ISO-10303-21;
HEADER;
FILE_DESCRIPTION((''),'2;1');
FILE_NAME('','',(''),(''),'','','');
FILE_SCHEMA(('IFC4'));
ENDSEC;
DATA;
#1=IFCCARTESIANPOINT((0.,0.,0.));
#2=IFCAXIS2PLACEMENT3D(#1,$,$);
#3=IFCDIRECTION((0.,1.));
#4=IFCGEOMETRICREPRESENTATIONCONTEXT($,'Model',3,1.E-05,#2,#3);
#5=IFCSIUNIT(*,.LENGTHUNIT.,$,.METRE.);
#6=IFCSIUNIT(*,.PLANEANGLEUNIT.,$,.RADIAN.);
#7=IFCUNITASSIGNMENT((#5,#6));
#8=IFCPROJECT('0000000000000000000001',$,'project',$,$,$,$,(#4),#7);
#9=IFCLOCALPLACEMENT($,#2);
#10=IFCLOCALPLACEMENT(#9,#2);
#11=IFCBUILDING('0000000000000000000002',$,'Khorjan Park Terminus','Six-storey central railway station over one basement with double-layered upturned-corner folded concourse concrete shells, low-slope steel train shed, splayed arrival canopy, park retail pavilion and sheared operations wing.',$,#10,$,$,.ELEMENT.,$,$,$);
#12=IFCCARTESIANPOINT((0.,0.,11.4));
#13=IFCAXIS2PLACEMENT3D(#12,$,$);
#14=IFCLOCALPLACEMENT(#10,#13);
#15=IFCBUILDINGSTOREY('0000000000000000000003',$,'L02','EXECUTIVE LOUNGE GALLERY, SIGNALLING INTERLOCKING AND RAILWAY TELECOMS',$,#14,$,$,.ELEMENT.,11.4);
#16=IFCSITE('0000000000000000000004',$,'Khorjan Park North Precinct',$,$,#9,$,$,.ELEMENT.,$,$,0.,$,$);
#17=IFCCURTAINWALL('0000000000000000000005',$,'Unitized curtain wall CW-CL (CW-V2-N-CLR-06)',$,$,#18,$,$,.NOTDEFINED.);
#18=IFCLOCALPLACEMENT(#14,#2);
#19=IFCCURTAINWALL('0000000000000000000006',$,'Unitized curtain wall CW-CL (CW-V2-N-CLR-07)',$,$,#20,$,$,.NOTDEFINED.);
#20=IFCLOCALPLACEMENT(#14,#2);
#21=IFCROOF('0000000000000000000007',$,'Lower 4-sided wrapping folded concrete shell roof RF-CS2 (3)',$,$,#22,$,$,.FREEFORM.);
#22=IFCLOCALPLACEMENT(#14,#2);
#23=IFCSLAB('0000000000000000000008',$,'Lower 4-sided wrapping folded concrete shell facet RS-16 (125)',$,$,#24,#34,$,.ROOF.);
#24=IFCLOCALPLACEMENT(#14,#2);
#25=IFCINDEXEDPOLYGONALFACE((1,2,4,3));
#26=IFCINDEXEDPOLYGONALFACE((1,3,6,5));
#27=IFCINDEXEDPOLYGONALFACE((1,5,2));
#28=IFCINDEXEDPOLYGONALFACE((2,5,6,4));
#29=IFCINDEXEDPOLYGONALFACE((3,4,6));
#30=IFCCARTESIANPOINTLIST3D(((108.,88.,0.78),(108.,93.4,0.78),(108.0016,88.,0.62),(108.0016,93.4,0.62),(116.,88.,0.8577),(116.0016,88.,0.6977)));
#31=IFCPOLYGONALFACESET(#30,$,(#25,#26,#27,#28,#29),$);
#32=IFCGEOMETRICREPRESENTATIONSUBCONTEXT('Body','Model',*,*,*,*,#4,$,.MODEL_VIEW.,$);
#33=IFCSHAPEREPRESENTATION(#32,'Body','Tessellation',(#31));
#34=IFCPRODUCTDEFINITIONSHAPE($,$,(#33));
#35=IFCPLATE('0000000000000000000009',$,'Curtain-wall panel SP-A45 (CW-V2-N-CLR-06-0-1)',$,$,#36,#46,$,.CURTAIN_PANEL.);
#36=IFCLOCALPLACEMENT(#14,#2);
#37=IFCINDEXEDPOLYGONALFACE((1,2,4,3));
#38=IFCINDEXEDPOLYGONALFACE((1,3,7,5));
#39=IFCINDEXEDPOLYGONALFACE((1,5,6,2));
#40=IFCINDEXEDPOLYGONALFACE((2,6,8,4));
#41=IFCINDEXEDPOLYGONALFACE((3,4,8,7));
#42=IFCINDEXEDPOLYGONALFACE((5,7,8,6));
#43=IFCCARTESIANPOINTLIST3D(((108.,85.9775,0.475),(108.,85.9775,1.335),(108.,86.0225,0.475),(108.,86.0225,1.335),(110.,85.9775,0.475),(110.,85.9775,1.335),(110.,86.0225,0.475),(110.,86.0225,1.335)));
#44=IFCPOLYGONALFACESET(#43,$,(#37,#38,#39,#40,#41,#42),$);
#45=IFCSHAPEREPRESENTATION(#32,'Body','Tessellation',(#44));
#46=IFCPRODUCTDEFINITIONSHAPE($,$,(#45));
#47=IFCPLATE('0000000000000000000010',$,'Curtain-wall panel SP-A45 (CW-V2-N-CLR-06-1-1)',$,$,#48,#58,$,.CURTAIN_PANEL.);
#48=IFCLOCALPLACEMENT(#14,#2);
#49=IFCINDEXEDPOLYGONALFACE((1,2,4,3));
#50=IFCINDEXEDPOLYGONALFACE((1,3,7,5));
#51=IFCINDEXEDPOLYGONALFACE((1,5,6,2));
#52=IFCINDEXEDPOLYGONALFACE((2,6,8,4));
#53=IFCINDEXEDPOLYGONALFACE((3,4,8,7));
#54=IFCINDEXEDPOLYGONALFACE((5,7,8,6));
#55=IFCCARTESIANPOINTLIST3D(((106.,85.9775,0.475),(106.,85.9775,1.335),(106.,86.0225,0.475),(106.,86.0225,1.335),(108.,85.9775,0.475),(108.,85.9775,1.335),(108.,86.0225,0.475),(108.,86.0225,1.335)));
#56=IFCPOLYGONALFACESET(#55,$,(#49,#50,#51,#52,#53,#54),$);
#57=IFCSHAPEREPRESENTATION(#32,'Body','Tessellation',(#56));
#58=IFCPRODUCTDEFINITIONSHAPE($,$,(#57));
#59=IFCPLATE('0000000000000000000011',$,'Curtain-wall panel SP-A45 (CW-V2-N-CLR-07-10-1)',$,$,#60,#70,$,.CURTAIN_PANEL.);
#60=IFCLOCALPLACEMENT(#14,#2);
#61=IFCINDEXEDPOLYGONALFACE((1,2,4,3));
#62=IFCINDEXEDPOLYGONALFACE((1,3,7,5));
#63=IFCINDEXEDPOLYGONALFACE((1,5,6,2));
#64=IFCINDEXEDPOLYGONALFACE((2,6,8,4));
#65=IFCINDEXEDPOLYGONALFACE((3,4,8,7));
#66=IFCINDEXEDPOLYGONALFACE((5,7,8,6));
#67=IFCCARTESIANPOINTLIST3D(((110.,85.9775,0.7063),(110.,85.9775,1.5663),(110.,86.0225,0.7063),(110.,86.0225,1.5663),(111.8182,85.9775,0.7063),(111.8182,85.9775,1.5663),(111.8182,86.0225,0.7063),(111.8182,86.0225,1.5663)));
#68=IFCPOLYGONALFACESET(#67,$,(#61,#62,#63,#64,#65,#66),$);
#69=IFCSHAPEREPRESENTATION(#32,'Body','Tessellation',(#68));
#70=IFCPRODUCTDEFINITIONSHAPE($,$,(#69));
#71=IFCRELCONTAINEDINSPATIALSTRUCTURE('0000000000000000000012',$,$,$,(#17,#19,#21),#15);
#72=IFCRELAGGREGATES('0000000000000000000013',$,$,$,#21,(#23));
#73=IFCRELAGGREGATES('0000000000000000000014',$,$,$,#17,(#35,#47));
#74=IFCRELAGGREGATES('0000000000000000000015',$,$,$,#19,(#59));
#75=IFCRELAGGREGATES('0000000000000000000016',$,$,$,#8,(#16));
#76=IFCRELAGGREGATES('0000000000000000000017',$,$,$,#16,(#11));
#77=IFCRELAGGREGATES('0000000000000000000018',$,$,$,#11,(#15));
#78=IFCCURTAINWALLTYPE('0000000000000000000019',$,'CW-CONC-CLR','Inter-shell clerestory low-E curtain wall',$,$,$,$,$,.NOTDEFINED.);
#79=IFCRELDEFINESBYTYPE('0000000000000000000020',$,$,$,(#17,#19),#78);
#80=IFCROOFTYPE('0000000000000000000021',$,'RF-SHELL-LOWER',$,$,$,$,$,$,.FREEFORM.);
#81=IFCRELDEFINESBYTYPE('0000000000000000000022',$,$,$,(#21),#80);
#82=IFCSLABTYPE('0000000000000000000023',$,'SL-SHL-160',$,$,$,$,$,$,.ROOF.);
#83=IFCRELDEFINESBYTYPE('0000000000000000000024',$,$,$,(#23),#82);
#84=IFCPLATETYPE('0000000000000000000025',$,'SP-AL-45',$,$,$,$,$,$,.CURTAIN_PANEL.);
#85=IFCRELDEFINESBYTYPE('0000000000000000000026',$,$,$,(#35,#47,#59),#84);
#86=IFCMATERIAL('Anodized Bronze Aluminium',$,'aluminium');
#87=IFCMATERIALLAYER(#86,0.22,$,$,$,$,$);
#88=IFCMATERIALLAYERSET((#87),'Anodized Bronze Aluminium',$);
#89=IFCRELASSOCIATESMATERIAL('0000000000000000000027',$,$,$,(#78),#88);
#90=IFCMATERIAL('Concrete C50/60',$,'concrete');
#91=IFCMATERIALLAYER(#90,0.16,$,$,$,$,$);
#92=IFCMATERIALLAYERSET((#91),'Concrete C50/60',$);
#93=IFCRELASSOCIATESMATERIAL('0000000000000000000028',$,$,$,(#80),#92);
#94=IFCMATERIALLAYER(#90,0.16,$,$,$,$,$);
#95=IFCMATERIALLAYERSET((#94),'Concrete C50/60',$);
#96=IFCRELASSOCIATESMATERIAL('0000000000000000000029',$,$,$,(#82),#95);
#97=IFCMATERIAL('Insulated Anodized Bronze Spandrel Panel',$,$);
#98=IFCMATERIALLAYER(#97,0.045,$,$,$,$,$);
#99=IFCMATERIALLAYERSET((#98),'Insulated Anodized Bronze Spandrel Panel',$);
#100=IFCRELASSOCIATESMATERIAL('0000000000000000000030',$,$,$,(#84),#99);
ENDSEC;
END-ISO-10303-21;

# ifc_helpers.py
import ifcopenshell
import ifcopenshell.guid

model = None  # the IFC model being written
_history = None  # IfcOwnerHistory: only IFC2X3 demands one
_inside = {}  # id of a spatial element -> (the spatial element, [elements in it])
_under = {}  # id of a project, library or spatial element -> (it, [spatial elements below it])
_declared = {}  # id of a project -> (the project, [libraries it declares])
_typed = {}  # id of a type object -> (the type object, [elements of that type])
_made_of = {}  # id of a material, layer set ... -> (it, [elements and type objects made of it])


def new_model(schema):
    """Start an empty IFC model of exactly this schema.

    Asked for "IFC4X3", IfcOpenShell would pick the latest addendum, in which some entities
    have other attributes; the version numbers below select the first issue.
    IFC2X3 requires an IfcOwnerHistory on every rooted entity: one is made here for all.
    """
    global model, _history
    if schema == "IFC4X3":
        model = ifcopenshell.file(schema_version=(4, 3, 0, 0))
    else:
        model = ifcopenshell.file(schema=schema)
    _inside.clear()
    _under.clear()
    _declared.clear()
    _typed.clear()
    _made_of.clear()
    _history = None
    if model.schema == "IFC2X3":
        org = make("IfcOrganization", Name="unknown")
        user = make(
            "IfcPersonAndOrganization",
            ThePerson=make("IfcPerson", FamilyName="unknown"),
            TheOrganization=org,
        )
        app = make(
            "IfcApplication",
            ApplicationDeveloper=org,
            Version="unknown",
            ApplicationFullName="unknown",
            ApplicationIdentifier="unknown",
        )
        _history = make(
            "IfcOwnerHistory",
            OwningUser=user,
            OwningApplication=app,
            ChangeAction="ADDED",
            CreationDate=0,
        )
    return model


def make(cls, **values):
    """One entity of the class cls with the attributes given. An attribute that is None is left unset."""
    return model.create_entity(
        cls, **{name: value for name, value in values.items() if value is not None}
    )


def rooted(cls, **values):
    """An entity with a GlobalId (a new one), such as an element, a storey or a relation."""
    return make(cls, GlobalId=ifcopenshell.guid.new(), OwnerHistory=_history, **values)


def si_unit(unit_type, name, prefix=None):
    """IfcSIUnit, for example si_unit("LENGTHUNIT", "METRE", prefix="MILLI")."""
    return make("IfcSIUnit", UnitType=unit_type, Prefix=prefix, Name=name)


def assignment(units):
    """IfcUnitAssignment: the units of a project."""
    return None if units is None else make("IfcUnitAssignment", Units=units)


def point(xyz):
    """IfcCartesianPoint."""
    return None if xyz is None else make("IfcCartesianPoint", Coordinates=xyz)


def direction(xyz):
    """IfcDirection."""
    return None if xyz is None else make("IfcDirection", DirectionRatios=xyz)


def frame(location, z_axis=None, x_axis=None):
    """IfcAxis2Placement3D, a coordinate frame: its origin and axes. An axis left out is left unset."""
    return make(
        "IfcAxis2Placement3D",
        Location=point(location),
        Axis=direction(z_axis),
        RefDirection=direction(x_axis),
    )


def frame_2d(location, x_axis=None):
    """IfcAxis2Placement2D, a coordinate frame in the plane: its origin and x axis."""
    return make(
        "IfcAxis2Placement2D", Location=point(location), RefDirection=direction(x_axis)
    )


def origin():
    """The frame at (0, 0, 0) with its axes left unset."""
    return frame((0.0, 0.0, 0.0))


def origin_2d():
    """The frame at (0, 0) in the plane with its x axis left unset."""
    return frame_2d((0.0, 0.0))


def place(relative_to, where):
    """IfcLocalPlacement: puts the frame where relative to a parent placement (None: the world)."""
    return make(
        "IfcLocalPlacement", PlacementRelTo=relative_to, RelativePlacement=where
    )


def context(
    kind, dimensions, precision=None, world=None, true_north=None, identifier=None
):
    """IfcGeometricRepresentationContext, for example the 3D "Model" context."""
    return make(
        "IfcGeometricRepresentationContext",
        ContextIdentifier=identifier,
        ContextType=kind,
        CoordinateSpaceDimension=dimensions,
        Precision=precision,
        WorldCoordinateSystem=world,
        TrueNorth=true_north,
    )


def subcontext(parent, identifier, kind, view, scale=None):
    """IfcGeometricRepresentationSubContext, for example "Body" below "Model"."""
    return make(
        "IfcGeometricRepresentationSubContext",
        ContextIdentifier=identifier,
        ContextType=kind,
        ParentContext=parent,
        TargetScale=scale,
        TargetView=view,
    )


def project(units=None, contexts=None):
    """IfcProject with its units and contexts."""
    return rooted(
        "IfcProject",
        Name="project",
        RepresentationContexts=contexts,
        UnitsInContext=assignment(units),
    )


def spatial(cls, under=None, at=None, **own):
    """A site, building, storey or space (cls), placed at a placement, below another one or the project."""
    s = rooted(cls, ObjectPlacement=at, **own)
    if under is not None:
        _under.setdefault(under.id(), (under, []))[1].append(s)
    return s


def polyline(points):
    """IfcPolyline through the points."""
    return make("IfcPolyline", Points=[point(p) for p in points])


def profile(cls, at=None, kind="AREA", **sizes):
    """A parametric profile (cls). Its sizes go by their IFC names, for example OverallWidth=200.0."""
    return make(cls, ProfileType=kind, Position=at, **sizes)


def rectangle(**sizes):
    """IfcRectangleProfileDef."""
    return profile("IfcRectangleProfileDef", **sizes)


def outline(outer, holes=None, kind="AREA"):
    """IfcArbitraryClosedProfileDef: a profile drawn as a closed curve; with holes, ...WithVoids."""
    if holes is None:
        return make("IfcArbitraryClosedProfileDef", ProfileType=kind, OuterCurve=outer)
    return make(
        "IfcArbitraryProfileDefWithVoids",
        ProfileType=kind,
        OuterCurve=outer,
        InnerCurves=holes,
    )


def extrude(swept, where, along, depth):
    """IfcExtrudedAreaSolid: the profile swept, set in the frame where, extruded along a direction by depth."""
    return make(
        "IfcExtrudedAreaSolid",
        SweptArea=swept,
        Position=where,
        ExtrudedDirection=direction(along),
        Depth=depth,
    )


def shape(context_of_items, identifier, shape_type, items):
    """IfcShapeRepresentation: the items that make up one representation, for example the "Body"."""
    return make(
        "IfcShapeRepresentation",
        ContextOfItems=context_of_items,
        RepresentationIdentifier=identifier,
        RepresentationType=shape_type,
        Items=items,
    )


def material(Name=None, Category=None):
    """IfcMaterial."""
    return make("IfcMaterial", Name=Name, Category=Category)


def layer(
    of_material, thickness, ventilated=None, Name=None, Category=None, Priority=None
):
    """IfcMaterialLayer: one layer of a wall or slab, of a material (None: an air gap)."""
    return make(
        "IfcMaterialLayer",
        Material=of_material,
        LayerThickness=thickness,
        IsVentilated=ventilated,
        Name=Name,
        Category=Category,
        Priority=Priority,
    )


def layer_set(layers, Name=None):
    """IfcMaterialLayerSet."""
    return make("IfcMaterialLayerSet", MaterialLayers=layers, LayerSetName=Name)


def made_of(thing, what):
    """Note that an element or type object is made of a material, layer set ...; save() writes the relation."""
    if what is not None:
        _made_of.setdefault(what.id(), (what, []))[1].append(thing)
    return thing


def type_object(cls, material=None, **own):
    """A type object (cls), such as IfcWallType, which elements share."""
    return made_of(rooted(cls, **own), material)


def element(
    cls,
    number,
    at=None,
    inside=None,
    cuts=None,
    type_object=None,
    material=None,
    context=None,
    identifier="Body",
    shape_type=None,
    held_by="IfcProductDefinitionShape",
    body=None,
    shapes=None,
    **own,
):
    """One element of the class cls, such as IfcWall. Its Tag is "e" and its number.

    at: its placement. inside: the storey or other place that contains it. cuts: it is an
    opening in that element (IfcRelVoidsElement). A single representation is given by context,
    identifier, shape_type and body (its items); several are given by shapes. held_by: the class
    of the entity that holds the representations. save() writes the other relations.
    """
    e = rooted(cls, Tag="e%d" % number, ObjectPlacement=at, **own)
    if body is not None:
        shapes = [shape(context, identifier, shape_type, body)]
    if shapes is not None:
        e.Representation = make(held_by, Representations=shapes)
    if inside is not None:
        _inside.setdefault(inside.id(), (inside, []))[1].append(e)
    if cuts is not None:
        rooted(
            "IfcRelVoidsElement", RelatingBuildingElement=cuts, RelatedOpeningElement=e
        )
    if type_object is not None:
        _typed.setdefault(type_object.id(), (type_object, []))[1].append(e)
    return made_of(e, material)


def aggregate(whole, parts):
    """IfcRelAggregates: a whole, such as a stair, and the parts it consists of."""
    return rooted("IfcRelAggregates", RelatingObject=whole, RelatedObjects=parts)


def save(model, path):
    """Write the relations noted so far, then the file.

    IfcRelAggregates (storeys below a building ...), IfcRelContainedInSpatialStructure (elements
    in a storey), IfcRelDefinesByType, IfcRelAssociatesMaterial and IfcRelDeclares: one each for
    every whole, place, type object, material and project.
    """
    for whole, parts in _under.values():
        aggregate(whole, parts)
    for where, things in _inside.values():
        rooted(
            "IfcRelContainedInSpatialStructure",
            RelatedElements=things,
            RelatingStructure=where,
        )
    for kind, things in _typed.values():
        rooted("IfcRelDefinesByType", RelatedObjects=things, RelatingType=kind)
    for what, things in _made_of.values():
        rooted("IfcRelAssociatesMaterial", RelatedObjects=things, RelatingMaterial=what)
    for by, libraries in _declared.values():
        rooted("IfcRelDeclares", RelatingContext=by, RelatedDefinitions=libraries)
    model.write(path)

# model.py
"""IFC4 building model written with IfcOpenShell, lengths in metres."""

from ifc_helpers import new_model, si_unit, direction, frame, origin, origin_2d, place, context, subcontext, project, spatial, polyline, rectangle, outline, extrude, material, layer, layer_set, type_object, element, aggregate, save


model = new_model("IFC4")

# Units and contexts
model_context = context("Model", 3, precision=1e-05, world=origin(), true_north=direction((0.0, 1.0)))
body_context = subcontext(model_context, "Body", "Model", "MODEL_VIEW")
ifc_project = project(units=[si_unit("LENGTHUNIT", "METRE"), si_unit("PLANEANGLEUNIT", "RADIAN")], contexts=[model_context])

# Site, building, storey
site_placement = place(None, origin())
site = spatial("IfcSite", under=ifc_project, at=site_placement, Name="Khorjan Park North Precinct", CompositionType="ELEMENT", RefElevation=0.0)
building_placement = place(site_placement, origin())
building = spatial("IfcBuilding", under=site, at=building_placement, Name="Khorjan Park Terminus", Description="Six-storey central railway station over one basement with double-layered upturned-corner folded concourse concrete shells, low-slope steel train shed, splayed arrival canopy, park retail pavilion and sheared operations wing.", CompositionType="ELEMENT")
storey_placement = place(building_placement, frame((0.0, 0.0, 11.4)))
storey = spatial("IfcBuildingStorey", under=building, at=storey_placement, Name="L02", Description="EXECUTIVE LOUNGE GALLERY, SIGNALLING INTERLOCKING AND RAILWAY TELECOMS", CompositionType="ELEMENT", Elevation=11.4)

# Shared definitions
ifc_material_1 = material(Name="Concrete C50/60", Category="concrete")

# Curtain wall
ifc_material_2 = material(Name="Anodized Bronze Aluminium", Category="aluminium")
ifc_layer_1 = layer(ifc_material_2, 0.22)
ifc_layer_set_1 = layer_set([ifc_layer_1], Name="Anodized Bronze Aluminium")
curtain_wall_type = type_object("IfcCurtainWallType", Name="CW-CONC-CLR", Description="Inter-shell clerestory low-E curtain wall", PredefinedType="NOTDEFINED", material=ifc_layer_set_1)
curtain_wall_1_placement = place(storey_placement, origin())
curtain_wall_1 = element("IfcCurtainWall", 1, at=curtain_wall_1_placement, inside=storey, type_object=curtain_wall_type, Name="Unitized curtain wall CW-CL (CW-V2-N-CLR-06)", PredefinedType="NOTDEFINED")

# Curtain wall
curtain_wall_2_placement = place(storey_placement, origin())
curtain_wall_2 = element("IfcCurtainWall", 2, at=curtain_wall_2_placement, inside=storey, type_object=curtain_wall_type, Name="Unitized curtain wall CW-CL (CW-V2-N-CLR-07)", PredefinedType="NOTDEFINED")

# Roof, slab
ifc_layer_2 = layer(ifc_material_1, 0.16)
ifc_layer_set_2 = layer_set([ifc_layer_2], Name="Concrete C50/60")
roof_type = type_object("IfcRoofType", Name="RF-SHELL-LOWER", PredefinedType="FREEFORM", material=ifc_layer_set_2)
roof_placement = place(storey_placement, origin())
roof = element("IfcRoof", 3, at=roof_placement, inside=storey, type_object=roof_type, Name="Lower 4-sided wrapping folded concrete shell roof RF-CS2 (3)", PredefinedType="FREEFORM")
ifc_layer_3 = layer(ifc_material_1, 0.16)
ifc_layer_set_3 = layer_set([ifc_layer_3], Name="Concrete C50/60")
slab_type = type_object("IfcSlabType", Name="SL-SHL-160", PredefinedType="ROOF", material=ifc_layer_set_3)
slab_placement = place(storey_placement, frame((108.0, 88.0, 0.78), z_axis=(-0.009712, 0.0, 0.999953), x_axis=(0.999953, 0.0, 0.009712)))
slab = element("IfcSlab", 4, at=slab_placement, type_object=slab_type, Name="Lower 4-sided wrapping folded concrete shell facet RS-16 (125)", PredefinedType="ROOF", context=body_context, shape_type="SweptSolid", body=[
    extrude(outline(polyline([(0.0, 0.0), (8.0004, 0.0), (0.0, 5.4), (0.0, 0.0)])), origin(), (0.0, 0.0, -1.0), 0.16),
])
aggregate(roof, [slab])

# Plates
ifc_material_3 = material(Name="Insulated Anodized Bronze Spandrel Panel")
ifc_layer_4 = layer(ifc_material_3, 0.045)
ifc_layer_set_4 = layer_set([ifc_layer_4], Name="Insulated Anodized Bronze Spandrel Panel")
plate_type_1 = type_object("IfcPlateType", Name="SP-AL-45", PredefinedType="CURTAIN_PANEL", material=ifc_layer_set_4)
plate_1_placement = place(storey_placement, frame((109.0, 86.0, 0.475), z_axis=(0.0, 0.0, 1.0), x_axis=(-1.0, 0.0, 0.0)))
plate_1 = element("IfcPlate", 5, at=plate_1_placement, type_object=plate_type_1, Name="Curtain-wall panel SP-A45 (CW-V2-N-CLR-06-0-1)", PredefinedType="CURTAIN_PANEL", context=body_context, shape_type="SweptSolid", body=[
    extrude(rectangle(XDim=2.0, YDim=0.045, at=origin_2d()), origin(), (0.0, 0.0, 1.0), 0.86),
])
plate_2_placement = place(storey_placement, frame((107.0, 86.0, 0.475), z_axis=(0.0, 0.0, 1.0), x_axis=(-1.0, 0.0, 0.0)))
plate_2 = element("IfcPlate", 6, at=plate_2_placement, type_object=plate_type_1, Name="Curtain-wall panel SP-A45 (CW-V2-N-CLR-06-1-1)", PredefinedType="CURTAIN_PANEL", context=body_context, shape_type="SweptSolid", body=[
    extrude(rectangle(XDim=2.0, YDim=0.045, at=origin_2d()), origin(), (0.0, 0.0, 1.0), 0.86),
])
aggregate(curtain_wall_1, [plate_1, plate_2])
plate_3_placement = place(storey_placement, frame((110.9091, 86.0, 0.7063), z_axis=(0.0, 0.0, 1.0), x_axis=(-1.0, 0.0, 0.0)))
plate_3 = element("IfcPlate", 7, at=plate_3_placement, type_object=plate_type_1, Name="Curtain-wall panel SP-A45 (CW-V2-N-CLR-07-10-1)", PredefinedType="CURTAIN_PANEL", context=body_context, shape_type="SweptSolid", body=[
    extrude(rectangle(XDim=1.8182, YDim=0.045, at=origin_2d()), origin(), (0.0, 0.0, 1.0), 0.86),
])
aggregate(curtain_wall_2, [plate_3])

save(model, "model.ifc")
